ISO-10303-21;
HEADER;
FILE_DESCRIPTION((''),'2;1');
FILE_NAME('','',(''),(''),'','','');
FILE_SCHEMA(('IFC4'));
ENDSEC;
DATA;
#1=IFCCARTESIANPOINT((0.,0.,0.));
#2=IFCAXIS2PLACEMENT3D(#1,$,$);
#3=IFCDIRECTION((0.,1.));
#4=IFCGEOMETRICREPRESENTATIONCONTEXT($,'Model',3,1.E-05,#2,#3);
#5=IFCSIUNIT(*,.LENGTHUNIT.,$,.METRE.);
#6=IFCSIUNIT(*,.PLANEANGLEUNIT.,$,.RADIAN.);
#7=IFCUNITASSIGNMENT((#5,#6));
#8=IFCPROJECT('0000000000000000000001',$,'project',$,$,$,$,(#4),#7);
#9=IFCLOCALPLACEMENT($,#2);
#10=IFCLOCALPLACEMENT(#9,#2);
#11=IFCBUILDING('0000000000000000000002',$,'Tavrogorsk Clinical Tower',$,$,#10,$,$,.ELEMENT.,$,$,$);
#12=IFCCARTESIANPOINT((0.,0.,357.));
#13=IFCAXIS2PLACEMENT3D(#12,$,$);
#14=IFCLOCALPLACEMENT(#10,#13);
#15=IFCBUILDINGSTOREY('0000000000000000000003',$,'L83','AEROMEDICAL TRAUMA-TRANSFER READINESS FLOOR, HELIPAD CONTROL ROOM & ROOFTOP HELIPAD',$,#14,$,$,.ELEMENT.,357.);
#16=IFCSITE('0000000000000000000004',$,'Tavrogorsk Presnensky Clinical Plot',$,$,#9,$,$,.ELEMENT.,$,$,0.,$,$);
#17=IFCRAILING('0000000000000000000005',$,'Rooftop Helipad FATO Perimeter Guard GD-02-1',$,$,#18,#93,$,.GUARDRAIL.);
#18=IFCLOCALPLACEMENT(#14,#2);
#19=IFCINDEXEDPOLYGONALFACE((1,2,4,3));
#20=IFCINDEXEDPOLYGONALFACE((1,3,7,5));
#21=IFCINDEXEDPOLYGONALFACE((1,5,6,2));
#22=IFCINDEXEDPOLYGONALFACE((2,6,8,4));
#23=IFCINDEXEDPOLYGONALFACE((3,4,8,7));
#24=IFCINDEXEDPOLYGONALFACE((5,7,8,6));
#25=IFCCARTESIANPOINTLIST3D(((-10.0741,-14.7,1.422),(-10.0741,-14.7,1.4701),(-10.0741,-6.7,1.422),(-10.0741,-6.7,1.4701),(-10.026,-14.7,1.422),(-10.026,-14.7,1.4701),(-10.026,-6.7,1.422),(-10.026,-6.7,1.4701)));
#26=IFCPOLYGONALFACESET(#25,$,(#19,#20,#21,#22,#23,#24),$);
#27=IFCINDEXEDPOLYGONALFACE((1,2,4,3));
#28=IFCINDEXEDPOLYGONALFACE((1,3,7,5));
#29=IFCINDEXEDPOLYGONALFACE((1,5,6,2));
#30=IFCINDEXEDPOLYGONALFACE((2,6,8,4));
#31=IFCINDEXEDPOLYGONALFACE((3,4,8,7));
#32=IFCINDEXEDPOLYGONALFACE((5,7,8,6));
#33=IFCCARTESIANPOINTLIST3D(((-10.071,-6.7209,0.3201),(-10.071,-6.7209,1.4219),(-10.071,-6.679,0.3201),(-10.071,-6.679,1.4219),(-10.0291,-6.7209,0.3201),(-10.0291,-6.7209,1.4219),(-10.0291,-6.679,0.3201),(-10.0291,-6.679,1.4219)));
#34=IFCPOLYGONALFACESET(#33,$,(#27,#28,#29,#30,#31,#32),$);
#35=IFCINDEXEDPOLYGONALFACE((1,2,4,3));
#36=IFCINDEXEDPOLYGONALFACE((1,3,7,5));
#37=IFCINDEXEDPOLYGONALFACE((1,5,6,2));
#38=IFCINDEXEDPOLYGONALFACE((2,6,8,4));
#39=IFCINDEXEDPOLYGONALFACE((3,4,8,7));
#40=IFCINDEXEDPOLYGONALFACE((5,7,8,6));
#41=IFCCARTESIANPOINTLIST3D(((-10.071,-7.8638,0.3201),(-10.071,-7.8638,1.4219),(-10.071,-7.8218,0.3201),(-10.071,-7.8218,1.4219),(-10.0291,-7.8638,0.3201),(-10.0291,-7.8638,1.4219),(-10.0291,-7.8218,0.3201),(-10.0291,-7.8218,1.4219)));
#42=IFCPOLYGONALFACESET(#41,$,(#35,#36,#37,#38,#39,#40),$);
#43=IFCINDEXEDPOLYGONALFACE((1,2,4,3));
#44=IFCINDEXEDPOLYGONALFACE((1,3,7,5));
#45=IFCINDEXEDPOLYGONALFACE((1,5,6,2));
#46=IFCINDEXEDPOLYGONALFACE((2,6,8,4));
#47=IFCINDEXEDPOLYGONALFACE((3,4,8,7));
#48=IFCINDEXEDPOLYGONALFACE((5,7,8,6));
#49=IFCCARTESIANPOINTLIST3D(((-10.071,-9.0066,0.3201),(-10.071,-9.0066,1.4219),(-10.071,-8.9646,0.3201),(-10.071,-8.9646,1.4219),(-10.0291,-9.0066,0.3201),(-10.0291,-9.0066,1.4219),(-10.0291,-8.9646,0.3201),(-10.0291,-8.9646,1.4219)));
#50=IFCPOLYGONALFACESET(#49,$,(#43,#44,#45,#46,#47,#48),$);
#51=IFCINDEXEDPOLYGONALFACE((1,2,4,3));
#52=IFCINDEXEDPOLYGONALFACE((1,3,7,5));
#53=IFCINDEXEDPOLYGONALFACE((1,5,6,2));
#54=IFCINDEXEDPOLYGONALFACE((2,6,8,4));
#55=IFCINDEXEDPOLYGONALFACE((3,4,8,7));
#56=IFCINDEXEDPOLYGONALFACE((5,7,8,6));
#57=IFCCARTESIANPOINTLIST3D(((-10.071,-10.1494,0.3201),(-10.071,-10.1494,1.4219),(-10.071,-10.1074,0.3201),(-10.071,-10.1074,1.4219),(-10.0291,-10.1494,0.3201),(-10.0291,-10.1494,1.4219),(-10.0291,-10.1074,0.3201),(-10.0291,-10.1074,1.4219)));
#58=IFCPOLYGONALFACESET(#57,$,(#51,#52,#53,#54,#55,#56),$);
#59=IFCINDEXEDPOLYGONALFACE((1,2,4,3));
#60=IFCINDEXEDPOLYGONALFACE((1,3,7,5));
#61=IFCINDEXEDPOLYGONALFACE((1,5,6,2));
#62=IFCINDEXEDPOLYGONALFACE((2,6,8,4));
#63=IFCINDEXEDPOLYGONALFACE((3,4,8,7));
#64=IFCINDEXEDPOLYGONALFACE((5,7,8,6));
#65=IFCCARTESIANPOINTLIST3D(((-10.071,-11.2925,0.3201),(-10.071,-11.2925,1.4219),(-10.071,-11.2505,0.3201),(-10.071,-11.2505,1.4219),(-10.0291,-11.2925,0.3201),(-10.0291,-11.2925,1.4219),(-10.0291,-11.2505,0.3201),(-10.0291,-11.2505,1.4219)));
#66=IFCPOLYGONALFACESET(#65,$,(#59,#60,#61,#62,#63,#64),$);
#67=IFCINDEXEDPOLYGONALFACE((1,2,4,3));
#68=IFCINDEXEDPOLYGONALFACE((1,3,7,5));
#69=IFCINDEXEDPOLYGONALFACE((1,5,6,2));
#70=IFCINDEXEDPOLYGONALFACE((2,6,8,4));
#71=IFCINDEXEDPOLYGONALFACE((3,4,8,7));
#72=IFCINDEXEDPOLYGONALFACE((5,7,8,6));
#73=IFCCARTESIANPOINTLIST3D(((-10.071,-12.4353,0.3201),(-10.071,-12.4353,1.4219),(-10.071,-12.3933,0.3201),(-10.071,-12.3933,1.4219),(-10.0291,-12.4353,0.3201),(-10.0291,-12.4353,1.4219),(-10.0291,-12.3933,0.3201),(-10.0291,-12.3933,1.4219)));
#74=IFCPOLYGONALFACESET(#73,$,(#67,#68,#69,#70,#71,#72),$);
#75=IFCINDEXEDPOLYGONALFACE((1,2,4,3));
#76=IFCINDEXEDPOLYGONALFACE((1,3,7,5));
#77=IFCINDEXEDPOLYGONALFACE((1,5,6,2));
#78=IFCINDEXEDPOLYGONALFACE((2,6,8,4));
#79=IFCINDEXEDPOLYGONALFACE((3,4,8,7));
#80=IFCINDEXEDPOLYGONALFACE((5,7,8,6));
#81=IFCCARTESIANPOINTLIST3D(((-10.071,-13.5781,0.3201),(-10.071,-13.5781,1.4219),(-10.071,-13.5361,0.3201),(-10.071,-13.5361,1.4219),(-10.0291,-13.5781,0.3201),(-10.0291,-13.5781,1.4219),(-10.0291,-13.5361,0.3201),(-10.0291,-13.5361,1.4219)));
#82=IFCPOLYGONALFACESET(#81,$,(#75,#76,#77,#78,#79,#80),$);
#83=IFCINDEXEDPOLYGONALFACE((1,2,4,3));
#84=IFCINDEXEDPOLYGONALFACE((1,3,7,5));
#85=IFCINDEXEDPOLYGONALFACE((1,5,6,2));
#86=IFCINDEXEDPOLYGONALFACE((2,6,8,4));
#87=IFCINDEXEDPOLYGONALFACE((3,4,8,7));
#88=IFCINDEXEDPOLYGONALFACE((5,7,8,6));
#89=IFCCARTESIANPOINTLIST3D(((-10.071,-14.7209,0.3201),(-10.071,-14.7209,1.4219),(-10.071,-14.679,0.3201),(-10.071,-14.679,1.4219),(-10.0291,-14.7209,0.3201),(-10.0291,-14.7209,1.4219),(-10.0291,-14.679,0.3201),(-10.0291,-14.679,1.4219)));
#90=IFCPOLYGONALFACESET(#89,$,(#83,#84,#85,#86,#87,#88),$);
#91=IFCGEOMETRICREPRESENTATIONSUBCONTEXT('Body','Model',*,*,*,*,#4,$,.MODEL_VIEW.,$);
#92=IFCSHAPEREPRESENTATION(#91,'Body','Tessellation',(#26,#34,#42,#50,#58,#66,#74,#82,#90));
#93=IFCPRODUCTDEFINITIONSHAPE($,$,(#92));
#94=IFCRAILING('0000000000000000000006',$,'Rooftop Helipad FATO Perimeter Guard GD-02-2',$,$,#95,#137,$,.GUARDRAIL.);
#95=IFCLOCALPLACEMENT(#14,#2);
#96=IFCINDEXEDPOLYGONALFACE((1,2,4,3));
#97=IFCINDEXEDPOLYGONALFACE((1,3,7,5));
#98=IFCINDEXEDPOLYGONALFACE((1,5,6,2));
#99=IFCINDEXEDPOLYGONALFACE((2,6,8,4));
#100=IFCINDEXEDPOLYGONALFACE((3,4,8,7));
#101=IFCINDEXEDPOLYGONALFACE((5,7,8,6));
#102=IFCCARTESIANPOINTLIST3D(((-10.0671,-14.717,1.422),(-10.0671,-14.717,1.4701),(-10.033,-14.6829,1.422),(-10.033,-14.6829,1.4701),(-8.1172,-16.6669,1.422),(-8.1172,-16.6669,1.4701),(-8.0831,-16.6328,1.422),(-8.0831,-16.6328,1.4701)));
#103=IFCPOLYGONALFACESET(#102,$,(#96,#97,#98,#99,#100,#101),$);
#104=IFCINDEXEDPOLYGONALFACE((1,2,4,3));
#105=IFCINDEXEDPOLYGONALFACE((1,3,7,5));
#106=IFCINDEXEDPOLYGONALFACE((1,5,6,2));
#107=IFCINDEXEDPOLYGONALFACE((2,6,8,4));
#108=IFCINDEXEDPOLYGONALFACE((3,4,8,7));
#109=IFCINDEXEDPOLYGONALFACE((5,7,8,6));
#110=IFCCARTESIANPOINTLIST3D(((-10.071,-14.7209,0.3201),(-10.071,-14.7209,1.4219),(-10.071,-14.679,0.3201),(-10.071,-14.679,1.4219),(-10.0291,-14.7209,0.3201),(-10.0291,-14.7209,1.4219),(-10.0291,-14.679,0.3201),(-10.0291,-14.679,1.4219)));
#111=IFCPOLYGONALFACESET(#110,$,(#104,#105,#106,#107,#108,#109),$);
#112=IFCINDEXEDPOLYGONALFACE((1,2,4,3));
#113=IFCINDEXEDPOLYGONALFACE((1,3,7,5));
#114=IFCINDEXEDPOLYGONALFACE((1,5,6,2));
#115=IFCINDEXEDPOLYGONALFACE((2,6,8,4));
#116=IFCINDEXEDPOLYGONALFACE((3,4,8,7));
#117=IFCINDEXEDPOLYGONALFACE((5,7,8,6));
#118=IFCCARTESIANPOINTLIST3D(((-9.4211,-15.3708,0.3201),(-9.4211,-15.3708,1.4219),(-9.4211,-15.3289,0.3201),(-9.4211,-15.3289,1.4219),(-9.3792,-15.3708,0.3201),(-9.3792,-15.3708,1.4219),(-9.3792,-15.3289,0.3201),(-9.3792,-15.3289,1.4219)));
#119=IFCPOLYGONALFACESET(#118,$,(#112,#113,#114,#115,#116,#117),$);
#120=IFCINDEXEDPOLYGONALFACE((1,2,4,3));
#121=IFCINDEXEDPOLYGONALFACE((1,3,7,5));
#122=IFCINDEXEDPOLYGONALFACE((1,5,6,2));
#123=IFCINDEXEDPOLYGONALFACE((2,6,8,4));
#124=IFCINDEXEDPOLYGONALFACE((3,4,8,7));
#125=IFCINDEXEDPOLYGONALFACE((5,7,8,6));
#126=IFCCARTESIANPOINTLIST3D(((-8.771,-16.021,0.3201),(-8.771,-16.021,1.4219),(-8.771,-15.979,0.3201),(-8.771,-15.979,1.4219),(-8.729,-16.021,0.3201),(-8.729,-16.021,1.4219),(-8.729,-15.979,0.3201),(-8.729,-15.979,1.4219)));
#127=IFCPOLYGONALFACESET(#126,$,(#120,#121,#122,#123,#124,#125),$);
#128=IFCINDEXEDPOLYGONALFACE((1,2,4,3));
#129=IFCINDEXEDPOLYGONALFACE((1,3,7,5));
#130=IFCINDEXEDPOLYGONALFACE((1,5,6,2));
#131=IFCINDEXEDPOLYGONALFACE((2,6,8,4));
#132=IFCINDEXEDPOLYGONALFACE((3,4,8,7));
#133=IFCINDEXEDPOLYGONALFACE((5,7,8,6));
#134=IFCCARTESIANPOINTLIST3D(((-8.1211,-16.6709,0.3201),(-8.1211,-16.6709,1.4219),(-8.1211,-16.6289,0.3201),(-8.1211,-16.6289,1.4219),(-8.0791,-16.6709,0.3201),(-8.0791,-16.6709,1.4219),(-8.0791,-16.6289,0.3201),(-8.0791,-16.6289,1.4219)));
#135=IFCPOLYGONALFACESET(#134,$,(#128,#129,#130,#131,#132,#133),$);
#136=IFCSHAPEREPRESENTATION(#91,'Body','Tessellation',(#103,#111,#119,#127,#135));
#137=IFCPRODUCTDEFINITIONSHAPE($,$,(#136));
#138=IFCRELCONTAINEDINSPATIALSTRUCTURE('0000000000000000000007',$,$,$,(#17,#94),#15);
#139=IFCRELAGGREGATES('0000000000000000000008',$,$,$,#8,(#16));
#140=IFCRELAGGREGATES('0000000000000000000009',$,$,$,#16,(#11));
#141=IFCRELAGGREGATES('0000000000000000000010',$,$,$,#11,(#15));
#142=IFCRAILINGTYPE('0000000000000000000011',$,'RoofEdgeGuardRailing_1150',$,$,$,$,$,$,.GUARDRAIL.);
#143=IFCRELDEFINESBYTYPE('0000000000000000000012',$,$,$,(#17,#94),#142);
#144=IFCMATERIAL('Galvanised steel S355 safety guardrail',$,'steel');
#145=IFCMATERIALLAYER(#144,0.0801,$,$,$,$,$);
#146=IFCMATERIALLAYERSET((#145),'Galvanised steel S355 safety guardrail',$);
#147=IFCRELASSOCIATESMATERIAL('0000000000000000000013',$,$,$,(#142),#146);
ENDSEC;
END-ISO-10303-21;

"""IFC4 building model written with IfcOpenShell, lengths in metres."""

from ifc_helpers import new_model, si_unit, direction, frame, origin, origin_2d, place, context, subcontext, project, spatial, rectangle, extrude, material, layer, layer_set, type_object, element, save


model = new_model("IFC4")

# Units and contexts
model_context = context("Model", 3, precision=1e-05, world=origin(), true_north=direction((0.0, 1.0)))
body_context = subcontext(model_context, "Body", "Model", "MODEL_VIEW")
ifc_project = project(units=[si_unit("LENGTHUNIT", "METRE"), si_unit("PLANEANGLEUNIT", "RADIAN")], contexts=[model_context])

# Site, building, storey
site_placement = place(None, origin())
site = spatial("IfcSite", under=ifc_project, at=site_placement, Name="Tavrogorsk Presnensky Clinical Plot", CompositionType="ELEMENT", RefElevation=0.0)
building_placement = place(site_placement, origin())
building = spatial("IfcBuilding", under=site, at=building_placement, Name="Tavrogorsk Clinical Tower", CompositionType="ELEMENT")
storey_placement = place(building_placement, frame((0.0, 0.0, 357.0)))
storey = spatial("IfcBuildingStorey", under=building, at=storey_placement, Name="L83", Description="AEROMEDICAL TRAUMA-TRANSFER READINESS FLOOR, HELIPAD CONTROL ROOM & ROOFTOP HELIPAD", CompositionType="ELEMENT", Elevation=357.0)

# Railings
ifc_material_1 = material(Name="Galvanised steel S355 safety guardrail", Category="steel")
ifc_layer_1 = layer(ifc_material_1, 0.0801)
ifc_layer_set_1 = layer_set([ifc_layer_1], Name="Galvanised steel S355 safety guardrail")
railing_type_1 = type_object("IfcRailingType", Name="RoofEdgeGuardRailing_1150", PredefinedType="GUARDRAIL", material=ifc_layer_set_1)
railing_1_placement = place(storey_placement, frame((-10.05, -6.7, 0.3201)))
element("IfcRailing", 1, at=railing_1_placement, inside=storey, type_object=railing_type_1, Name="Rooftop Helipad FATO Perimeter Guard GD-02-1", PredefinedType="GUARDRAIL", context=body_context, shape_type="SweptSolid", body=[
    extrude(rectangle(XDim=0.0481, YDim=0.0481, at=origin_2d()), frame((0.0, 0.0, 1.126), z_axis=(0.0, -1.0, 0.0), x_axis=(1.0, 0.0, 0.0)), (0.0, 0.0, 1.0), 8.0),
    extrude(rectangle(XDim=0.042, YDim=0.042, at=origin_2d()), origin(), (0.0, 0.0, 1.0), 1.1018),
    extrude(rectangle(XDim=0.042, YDim=0.042, at=origin_2d()), frame((0.0, -1.1428, 0.0)), (0.0, 0.0, 1.0), 1.1018),
    extrude(rectangle(XDim=0.042, YDim=0.042, at=origin_2d()), frame((0.0, -2.2856, 0.0)), (0.0, 0.0, 1.0), 1.1018),
    extrude(rectangle(XDim=0.042, YDim=0.042, at=origin_2d()), frame((0.0, -3.4285, 0.0)), (0.0, 0.0, 1.0), 1.1018),
    extrude(rectangle(XDim=0.042, YDim=0.042, at=origin_2d()), frame((0.0, -4.5715, 0.0)), (0.0, 0.0, 1.0), 1.1018),
    extrude(rectangle(XDim=0.042, YDim=0.042, at=origin_2d()), frame((0.0, -5.7144, 0.0)), (0.0, 0.0, 1.0), 1.1018),
    extrude(rectangle(XDim=0.042, YDim=0.042, at=origin_2d()), frame((0.0, -6.8572, 0.0)), (0.0, 0.0, 1.0), 1.1018),
    extrude(rectangle(XDim=0.042, YDim=0.042, at=origin_2d()), frame((0.0, -8.0, 0.0)), (0.0, 0.0, 1.0), 1.1018),
])
railing_2_placement = place(storey_placement, frame((-10.05, -14.7, 0.3201)))
element("IfcRailing", 2, at=railing_2_placement, inside=storey, type_object=railing_type_1, Name="Rooftop Helipad FATO Perimeter Guard GD-02-2", PredefinedType="GUARDRAIL", context=body_context, shape_type="SweptSolid", body=[
    extrude(rectangle(XDim=0.0481, YDim=0.0481, at=origin_2d()), frame((0.0, 0.0, 1.126), z_axis=(0.707107, -0.707107, 0.0), x_axis=(0.707107, 0.707107, 0.0)), (0.0, 0.0, 1.0), 2.7576),
    extrude(rectangle(XDim=0.042, YDim=0.042, at=origin_2d()), origin(), (0.0, 0.0, 1.0), 1.1018),
    extrude(rectangle(XDim=0.042, YDim=0.042, at=origin_2d()), frame((0.6499, -0.6499, 0.0)), (0.0, 0.0, 1.0), 1.1018),
    extrude(rectangle(XDim=0.042, YDim=0.042, at=origin_2d()), frame((1.3, -1.3, 0.0)), (0.0, 0.0, 1.0), 1.1018),
    extrude(rectangle(XDim=0.042, YDim=0.042, at=origin_2d()), frame((1.95, -1.95, 0.0)), (0.0, 0.0, 1.0), 1.1018),
])

save(model, "model.ifc")
